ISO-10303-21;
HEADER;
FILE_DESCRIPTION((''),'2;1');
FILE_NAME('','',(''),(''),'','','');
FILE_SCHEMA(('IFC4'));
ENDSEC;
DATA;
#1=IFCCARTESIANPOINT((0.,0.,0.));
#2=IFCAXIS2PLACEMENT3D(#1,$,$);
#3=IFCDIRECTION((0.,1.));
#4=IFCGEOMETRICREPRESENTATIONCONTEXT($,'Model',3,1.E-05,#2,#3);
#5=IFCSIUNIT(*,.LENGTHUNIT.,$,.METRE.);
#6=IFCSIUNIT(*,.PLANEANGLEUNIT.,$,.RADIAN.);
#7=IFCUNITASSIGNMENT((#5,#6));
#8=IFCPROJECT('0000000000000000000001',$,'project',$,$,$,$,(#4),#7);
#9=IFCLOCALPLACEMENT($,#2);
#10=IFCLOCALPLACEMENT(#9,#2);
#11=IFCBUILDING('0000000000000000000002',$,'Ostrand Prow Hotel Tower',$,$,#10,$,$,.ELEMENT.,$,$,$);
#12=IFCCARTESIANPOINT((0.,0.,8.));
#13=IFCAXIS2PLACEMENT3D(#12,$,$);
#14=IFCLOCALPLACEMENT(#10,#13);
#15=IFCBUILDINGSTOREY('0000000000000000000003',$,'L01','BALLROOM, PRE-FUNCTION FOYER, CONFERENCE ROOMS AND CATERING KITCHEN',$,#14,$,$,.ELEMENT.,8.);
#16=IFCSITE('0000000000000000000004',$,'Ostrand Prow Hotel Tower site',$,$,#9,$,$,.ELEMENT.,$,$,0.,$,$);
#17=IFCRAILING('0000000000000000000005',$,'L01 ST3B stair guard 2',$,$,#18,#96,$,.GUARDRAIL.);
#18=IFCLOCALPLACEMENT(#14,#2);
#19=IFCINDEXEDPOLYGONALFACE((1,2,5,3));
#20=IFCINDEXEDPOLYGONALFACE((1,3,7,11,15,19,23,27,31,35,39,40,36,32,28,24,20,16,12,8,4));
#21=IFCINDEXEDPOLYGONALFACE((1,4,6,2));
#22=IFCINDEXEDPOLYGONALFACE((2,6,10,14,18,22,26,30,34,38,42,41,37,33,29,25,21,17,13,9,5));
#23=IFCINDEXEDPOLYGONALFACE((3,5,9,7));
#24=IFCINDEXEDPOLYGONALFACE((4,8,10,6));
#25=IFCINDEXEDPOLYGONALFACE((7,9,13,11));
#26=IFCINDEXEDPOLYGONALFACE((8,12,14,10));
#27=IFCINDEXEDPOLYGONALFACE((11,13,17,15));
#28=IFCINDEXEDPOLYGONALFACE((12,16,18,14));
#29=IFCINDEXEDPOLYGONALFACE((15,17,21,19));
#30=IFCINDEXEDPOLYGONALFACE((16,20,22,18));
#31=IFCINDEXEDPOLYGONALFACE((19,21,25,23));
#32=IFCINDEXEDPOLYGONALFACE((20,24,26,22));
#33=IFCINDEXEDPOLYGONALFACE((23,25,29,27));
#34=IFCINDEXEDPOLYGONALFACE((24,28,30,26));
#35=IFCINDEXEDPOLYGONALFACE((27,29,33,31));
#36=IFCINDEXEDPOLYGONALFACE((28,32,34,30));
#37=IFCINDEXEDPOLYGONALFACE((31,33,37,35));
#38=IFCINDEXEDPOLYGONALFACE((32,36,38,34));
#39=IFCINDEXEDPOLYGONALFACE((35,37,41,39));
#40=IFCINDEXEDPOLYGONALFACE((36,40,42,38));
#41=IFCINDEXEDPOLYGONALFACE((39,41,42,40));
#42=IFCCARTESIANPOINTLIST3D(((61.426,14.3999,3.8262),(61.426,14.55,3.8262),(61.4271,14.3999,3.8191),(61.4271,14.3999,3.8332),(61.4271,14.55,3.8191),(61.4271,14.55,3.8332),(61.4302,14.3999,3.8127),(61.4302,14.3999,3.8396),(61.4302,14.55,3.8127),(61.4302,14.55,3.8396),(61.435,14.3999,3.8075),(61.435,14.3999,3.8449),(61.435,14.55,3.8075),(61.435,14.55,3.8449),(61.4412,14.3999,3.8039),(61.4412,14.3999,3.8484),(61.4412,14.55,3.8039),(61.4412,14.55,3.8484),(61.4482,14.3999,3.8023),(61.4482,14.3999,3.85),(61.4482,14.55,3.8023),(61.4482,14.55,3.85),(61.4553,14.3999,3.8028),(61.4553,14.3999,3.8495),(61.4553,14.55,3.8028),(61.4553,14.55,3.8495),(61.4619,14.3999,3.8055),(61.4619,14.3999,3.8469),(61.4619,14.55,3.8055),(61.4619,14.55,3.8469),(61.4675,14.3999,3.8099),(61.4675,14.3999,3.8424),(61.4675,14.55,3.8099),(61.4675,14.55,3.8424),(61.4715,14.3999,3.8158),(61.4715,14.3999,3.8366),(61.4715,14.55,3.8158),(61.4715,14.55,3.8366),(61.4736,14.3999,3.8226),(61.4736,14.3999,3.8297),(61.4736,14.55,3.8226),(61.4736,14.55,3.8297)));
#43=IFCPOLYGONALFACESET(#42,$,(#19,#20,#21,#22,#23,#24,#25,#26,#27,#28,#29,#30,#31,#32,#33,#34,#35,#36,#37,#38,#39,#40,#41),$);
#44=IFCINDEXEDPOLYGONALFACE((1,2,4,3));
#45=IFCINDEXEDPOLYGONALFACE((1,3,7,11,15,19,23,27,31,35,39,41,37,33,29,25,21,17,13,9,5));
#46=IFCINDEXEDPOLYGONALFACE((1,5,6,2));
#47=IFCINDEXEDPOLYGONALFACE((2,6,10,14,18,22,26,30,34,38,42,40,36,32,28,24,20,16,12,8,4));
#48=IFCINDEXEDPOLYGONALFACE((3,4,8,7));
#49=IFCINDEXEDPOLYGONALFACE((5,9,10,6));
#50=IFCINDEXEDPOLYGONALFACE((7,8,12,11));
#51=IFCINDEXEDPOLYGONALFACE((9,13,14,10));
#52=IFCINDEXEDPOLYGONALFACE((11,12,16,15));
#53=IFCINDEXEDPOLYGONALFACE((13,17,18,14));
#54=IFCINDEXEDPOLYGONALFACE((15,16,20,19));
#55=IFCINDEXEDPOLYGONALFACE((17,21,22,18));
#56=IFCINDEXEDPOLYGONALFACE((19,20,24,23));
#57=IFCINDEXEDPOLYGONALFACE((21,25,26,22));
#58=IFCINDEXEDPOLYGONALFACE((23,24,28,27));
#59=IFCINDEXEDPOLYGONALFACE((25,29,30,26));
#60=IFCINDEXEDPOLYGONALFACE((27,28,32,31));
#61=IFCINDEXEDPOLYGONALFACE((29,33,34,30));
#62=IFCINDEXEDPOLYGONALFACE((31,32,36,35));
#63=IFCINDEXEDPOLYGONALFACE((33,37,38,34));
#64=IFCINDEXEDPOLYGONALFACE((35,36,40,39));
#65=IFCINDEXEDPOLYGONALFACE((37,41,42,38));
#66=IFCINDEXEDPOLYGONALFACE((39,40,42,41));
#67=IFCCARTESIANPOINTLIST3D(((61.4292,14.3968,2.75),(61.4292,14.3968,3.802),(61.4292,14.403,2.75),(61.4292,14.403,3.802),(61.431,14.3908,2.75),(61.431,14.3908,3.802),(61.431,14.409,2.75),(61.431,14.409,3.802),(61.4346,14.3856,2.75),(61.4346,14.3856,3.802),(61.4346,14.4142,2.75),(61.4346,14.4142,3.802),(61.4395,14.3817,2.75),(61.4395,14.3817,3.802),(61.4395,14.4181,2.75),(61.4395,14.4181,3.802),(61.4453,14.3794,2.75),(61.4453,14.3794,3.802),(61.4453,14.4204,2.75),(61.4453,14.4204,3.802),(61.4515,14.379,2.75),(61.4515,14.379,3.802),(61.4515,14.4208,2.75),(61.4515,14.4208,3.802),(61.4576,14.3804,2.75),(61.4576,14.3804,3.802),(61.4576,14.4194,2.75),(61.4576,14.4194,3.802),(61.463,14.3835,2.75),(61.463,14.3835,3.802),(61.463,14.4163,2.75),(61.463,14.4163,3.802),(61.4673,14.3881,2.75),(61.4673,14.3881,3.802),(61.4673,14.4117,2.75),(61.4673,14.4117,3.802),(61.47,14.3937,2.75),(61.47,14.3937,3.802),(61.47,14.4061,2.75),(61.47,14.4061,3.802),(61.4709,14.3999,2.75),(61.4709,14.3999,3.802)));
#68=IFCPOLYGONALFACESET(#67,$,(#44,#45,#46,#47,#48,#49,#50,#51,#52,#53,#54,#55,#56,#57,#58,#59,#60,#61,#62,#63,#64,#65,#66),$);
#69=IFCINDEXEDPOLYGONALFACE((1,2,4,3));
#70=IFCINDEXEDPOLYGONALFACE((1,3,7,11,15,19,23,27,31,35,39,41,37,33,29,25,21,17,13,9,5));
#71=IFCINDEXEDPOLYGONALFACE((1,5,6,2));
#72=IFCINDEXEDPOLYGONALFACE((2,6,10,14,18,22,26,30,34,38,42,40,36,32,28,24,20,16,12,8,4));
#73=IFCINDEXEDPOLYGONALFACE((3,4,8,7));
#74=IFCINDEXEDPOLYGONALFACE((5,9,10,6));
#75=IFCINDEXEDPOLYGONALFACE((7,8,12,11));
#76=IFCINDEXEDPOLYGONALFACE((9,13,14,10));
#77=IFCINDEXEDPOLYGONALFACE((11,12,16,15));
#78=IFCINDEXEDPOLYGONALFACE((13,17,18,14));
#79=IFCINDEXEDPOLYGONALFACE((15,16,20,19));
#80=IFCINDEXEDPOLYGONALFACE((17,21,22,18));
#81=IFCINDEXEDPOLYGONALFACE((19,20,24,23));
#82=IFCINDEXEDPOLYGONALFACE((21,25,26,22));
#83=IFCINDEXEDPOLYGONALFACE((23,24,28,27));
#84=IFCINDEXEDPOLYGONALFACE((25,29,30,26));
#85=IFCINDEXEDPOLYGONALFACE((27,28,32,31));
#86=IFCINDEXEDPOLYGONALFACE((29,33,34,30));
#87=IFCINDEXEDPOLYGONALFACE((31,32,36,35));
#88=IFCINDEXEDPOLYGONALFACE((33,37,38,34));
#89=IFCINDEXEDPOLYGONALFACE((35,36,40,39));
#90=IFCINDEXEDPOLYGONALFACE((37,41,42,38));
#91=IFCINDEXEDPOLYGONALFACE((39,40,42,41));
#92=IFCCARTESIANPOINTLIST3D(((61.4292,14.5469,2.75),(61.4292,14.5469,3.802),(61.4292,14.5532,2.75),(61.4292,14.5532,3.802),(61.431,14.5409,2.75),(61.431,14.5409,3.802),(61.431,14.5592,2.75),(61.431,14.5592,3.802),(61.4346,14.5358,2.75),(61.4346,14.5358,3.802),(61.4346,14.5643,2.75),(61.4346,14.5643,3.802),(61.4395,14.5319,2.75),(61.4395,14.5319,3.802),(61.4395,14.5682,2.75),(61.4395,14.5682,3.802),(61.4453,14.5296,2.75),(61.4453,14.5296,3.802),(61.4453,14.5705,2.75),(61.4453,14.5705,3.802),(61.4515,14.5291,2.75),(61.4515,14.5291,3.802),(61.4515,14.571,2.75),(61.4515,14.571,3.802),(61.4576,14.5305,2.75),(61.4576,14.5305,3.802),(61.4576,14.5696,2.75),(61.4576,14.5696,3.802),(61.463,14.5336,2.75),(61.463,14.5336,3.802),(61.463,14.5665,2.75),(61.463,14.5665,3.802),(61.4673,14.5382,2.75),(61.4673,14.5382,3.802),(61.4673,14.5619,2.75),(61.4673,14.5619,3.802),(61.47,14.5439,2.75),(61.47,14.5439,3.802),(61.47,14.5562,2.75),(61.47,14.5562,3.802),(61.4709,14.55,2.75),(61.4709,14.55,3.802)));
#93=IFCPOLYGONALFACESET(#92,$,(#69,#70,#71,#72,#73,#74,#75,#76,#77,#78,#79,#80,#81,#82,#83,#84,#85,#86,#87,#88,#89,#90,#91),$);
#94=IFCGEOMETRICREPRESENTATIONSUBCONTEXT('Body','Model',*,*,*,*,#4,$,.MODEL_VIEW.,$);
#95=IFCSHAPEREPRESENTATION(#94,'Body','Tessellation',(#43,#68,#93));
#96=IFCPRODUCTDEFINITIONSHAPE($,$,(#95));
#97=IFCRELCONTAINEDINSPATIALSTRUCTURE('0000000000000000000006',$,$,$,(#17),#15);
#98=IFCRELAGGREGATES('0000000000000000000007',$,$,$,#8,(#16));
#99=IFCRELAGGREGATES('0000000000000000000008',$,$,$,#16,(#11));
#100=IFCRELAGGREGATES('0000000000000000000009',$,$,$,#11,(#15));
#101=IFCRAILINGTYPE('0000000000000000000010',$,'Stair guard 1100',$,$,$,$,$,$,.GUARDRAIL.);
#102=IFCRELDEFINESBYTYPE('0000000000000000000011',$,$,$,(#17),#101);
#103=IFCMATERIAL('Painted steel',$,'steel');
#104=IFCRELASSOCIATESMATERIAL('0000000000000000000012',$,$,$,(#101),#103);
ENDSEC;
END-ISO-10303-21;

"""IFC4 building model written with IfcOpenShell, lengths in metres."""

from ifc_helpers import new_model, si_unit, direction, frame, origin, origin_2d, place, context, subcontext, project, spatial, circle, extrude, material, type_object, element, save


model = new_model("IFC4")

# Units and contexts
model_context = context("Model", 3, precision=1e-05, world=origin(), true_north=direction((0.0, 1.0)))
body_context = subcontext(model_context, "Body", "Model", "MODEL_VIEW")
ifc_project = project(units=[si_unit("LENGTHUNIT", "METRE"), si_unit("PLANEANGLEUNIT", "RADIAN")], contexts=[model_context])

# Site, building, storey
site_placement = place(None, origin())
site = spatial("IfcSite", under=ifc_project, at=site_placement, Name="Ostrand Prow Hotel Tower site", CompositionType="ELEMENT", RefElevation=0.0)
building_placement = place(site_placement, origin())
building = spatial("IfcBuilding", under=site, at=building_placement, Name="Ostrand Prow Hotel Tower", CompositionType="ELEMENT")
storey_placement = place(building_placement, frame((0.0, 0.0, 8.0)))
storey = spatial("IfcBuildingStorey", under=building, at=storey_placement, Name="L01", Description="BALLROOM, PRE-FUNCTION FOYER, CONFERENCE ROOMS AND CATERING KITCHEN", CompositionType="ELEMENT", Elevation=8.0)

# Railing
ifc_material_1 = material(Name="Painted steel", Category="steel")
railing_type_1 = type_object("IfcRailingType", Name="Stair guard 1100", PredefinedType="GUARDRAIL", material=ifc_material_1)
railing_1_placement = place(storey_placement, frame((61.45, 14.3999, 2.75)))
element("IfcRailing", 1, at=railing_1_placement, inside=storey, type_object=railing_type_1, Name="L01 ST3B stair guard 2", PredefinedType="GUARDRAIL", context=body_context, shape_type="SweptSolid", body=[
    extrude(circle(Radius=0.0239, at=origin_2d()), frame((0.0, 0.0, 1.0762), z_axis=(0.0, 1.0, 0.0), x_axis=(-1.0, 0.0, 0.0)), (0.0, 0.0, 1.0), 0.1501),
    extrude(circle(Radius=0.021, at=origin_2d()), origin(), (0.0, 0.0, 1.0), 1.052),
    extrude(circle(Radius=0.021, at=origin_2d()), frame((0.0, 0.1501, 0.0)), (0.0, 0.0, 1.0), 1.052),
])

save(model, "model.ifc")
